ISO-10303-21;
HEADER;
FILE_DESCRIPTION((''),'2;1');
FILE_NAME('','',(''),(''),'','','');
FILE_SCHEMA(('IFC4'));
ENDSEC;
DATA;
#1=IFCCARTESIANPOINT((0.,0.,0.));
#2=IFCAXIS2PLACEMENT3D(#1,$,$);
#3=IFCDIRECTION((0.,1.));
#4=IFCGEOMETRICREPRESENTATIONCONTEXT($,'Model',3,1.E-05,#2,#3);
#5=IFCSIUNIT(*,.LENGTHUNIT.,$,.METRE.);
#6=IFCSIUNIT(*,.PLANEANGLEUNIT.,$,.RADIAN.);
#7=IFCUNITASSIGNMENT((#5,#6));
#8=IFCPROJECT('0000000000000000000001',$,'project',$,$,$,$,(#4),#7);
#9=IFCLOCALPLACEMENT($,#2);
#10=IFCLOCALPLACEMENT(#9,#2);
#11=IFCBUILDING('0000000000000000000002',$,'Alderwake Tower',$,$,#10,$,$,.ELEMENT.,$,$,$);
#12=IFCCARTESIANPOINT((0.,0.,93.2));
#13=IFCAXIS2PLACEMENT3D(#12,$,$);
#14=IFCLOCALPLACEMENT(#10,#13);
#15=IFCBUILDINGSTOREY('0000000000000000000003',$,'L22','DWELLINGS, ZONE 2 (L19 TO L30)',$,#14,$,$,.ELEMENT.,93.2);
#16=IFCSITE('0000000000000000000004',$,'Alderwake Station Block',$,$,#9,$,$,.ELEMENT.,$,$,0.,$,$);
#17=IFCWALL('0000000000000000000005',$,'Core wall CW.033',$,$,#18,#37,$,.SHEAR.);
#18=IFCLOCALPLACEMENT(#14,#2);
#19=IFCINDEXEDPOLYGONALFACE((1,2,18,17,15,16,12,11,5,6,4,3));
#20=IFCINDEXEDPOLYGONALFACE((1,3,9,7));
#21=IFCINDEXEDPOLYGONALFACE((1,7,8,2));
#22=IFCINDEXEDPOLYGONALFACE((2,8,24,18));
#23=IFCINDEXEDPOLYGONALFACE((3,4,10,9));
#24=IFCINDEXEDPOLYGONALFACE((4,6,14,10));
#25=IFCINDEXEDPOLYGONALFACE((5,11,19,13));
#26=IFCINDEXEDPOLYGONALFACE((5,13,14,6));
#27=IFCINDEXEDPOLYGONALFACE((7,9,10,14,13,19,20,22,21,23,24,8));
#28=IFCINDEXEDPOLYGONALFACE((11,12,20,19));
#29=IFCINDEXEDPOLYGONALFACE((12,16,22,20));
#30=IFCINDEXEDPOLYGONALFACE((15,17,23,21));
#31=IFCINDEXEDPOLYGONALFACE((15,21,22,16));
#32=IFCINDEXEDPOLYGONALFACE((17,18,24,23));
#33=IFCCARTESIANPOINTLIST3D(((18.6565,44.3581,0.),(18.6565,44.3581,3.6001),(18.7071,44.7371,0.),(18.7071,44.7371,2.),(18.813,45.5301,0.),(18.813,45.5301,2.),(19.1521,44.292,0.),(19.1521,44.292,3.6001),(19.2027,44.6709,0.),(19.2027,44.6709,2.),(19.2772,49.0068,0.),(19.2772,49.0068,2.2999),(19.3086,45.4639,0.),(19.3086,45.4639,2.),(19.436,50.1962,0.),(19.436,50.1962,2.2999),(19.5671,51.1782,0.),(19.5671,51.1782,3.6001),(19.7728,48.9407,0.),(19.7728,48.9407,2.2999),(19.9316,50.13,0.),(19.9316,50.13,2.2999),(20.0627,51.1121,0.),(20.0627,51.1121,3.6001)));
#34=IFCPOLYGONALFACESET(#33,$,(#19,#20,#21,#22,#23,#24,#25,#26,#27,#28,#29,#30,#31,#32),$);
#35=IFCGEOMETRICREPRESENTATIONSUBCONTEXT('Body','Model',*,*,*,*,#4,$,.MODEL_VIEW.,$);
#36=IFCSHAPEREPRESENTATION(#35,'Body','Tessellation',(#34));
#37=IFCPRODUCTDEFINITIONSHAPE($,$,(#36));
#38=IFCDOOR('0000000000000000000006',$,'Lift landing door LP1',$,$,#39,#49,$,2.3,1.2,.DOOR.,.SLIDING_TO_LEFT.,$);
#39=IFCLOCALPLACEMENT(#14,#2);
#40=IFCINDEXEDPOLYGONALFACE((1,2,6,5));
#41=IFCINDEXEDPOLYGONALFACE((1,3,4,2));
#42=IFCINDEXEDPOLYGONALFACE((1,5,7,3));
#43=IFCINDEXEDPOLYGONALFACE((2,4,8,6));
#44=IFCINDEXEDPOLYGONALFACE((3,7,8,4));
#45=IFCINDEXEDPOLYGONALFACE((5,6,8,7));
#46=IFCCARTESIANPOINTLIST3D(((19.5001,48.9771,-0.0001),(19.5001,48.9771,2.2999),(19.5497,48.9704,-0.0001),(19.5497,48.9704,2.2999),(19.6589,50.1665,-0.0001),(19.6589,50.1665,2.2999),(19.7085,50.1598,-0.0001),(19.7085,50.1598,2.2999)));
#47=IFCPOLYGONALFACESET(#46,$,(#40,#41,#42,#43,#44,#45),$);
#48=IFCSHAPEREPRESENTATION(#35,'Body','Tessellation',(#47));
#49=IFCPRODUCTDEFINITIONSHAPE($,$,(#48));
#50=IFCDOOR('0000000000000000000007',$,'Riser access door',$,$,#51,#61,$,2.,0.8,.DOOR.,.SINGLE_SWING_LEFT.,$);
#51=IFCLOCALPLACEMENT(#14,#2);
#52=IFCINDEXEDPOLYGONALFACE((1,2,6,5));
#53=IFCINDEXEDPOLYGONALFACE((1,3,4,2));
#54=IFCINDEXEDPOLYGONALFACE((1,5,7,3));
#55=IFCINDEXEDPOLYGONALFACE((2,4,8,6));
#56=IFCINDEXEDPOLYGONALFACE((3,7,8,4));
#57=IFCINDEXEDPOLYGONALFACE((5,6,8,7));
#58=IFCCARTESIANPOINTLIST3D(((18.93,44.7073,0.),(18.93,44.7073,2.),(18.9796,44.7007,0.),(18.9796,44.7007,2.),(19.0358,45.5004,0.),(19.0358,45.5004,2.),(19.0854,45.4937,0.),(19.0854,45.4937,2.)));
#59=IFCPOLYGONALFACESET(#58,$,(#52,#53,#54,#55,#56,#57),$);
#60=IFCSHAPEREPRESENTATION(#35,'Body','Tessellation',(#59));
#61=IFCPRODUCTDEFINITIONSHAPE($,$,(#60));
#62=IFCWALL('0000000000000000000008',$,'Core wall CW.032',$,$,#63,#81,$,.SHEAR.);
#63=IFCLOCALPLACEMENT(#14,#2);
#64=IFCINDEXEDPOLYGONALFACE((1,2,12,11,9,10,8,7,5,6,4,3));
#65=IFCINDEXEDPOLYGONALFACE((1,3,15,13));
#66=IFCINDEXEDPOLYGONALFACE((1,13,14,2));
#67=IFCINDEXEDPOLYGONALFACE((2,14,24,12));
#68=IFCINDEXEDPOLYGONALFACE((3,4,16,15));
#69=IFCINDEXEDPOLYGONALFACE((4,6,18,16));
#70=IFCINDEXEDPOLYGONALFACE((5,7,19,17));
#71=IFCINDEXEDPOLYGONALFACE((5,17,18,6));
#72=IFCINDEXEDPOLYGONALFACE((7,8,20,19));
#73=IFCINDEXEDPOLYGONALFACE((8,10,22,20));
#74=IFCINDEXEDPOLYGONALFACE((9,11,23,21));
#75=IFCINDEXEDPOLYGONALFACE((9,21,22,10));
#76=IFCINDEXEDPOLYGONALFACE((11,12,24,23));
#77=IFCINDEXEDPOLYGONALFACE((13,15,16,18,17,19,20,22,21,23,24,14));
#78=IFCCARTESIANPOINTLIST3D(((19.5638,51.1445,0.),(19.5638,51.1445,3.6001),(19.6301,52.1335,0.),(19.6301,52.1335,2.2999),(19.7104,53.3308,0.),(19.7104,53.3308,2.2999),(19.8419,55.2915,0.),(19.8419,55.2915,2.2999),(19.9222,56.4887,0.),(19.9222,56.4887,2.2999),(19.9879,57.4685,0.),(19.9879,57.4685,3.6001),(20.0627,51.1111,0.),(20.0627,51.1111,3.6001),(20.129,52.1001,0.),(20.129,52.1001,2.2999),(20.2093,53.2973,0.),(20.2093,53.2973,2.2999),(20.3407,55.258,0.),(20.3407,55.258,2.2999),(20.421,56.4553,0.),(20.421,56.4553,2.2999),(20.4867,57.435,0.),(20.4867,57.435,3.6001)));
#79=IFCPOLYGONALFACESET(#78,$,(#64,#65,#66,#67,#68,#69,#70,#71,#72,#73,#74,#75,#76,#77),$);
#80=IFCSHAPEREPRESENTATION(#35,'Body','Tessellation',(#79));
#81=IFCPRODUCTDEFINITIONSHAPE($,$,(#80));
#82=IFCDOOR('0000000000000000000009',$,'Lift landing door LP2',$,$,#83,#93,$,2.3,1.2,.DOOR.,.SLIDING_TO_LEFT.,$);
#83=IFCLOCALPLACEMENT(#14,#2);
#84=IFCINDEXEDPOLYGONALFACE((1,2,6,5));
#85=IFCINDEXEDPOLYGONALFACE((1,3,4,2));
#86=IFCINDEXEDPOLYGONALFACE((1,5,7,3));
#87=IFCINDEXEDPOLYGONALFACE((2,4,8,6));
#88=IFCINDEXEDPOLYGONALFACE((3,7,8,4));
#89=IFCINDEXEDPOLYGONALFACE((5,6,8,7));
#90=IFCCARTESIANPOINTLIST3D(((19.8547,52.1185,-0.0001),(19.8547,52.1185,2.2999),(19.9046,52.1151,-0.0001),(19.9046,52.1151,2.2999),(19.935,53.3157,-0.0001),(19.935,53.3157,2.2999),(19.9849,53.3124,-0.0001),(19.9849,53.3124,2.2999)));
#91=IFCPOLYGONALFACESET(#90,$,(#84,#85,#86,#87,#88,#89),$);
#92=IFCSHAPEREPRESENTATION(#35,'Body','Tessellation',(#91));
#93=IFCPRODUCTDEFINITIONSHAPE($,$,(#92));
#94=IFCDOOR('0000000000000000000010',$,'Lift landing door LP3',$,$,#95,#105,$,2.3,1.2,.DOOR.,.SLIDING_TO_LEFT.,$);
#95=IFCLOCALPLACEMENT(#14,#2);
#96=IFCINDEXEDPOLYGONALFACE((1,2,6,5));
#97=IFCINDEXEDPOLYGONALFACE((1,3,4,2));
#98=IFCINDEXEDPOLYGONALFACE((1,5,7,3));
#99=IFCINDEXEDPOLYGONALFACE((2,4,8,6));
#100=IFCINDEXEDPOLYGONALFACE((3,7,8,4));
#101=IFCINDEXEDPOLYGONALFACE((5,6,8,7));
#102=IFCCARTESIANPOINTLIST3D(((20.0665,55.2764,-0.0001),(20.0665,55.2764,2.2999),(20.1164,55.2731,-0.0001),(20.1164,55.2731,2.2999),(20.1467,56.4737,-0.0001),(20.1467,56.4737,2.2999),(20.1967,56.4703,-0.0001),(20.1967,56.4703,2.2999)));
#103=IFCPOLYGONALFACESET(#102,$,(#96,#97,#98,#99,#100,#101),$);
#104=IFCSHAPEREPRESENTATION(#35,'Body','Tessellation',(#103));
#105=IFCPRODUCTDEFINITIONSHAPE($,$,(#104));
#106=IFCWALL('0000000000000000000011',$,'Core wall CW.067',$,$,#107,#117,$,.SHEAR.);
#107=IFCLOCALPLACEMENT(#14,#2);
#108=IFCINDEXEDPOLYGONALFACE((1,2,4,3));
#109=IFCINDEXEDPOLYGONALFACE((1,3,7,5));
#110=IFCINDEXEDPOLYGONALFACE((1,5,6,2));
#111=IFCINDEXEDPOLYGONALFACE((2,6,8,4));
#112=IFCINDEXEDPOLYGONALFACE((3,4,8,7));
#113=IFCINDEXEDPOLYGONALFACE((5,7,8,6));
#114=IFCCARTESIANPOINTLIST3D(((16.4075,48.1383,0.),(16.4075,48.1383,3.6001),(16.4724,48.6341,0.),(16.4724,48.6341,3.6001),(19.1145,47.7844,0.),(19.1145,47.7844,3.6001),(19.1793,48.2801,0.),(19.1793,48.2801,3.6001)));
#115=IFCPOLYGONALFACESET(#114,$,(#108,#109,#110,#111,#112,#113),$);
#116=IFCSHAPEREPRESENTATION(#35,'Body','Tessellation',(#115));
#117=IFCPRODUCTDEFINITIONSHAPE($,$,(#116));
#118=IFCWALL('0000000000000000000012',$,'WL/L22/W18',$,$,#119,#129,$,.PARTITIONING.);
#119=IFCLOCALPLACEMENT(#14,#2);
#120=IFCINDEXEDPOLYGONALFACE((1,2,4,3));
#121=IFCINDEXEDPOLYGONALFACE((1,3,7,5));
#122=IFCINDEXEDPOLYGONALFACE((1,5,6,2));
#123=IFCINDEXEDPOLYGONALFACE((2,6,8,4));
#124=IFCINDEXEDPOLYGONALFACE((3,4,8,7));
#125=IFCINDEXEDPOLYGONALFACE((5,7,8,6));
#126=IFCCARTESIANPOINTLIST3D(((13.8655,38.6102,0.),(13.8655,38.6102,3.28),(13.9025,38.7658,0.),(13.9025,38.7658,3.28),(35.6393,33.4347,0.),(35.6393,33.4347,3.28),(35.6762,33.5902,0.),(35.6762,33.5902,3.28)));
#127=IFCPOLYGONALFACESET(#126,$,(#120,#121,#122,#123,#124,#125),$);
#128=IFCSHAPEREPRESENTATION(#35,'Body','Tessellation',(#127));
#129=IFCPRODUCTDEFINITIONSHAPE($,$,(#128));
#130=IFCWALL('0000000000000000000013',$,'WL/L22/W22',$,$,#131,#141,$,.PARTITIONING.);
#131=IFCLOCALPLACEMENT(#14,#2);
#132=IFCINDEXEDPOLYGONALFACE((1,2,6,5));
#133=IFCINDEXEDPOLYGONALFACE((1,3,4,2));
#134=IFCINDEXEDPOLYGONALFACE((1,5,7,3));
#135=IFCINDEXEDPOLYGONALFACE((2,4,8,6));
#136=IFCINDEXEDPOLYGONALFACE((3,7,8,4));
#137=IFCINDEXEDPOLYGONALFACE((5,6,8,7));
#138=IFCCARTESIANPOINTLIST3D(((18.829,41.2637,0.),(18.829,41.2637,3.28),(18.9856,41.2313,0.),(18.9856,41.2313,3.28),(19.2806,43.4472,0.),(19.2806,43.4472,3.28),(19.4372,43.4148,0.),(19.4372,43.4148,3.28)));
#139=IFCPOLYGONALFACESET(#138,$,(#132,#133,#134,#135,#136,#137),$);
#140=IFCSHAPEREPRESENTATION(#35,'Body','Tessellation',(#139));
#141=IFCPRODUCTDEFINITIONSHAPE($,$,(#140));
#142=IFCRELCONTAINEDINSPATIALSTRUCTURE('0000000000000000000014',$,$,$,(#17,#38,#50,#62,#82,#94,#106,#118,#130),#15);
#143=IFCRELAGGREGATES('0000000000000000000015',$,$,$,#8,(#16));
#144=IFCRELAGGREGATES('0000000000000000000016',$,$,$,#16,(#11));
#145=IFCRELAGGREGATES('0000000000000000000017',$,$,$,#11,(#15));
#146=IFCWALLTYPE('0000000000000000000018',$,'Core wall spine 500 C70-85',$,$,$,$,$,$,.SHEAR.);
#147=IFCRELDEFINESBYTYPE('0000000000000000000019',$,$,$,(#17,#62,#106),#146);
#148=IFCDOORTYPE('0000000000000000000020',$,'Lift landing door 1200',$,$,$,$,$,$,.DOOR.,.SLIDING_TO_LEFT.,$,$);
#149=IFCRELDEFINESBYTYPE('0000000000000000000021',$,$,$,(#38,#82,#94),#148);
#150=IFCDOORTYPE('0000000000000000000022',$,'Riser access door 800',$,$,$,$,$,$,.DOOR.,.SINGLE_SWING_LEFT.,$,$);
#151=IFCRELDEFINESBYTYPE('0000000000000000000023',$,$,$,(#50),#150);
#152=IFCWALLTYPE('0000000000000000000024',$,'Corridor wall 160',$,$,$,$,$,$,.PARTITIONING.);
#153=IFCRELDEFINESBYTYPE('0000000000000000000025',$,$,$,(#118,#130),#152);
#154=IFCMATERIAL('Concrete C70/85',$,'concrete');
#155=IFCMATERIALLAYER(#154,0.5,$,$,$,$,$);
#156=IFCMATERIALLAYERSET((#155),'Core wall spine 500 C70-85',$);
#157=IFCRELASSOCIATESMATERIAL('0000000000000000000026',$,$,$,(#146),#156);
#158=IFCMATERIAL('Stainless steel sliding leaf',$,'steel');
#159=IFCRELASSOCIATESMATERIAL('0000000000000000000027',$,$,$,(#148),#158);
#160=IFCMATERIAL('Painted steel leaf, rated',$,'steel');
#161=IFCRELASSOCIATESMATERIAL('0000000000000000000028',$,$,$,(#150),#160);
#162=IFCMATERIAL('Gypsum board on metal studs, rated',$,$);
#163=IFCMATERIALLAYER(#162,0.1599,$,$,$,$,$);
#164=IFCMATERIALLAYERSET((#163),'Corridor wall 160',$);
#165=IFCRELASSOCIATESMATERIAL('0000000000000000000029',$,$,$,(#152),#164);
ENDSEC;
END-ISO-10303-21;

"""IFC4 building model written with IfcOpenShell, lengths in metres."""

from ifc_helpers import new_model, si_unit, direction, frame, frame_2d, origin, place, context, subcontext, project, spatial, rectangle, extrude, material, layer, layer_set, type_object, element, fill, save


model = new_model("IFC4")

# Units and contexts
model_context = context("Model", 3, precision=1e-05, world=origin(), true_north=direction((0.0, 1.0)))
body_context = subcontext(model_context, "Body", "Model", "MODEL_VIEW")
ifc_project = project(units=[si_unit("LENGTHUNIT", "METRE"), si_unit("PLANEANGLEUNIT", "RADIAN")], contexts=[model_context])

# Site, building, storey
site_placement = place(None, origin())
site = spatial("IfcSite", under=ifc_project, at=site_placement, Name="Alderwake Station Block", CompositionType="ELEMENT", RefElevation=0.0)
building_placement = place(site_placement, origin())
building = spatial("IfcBuilding", under=site, at=building_placement, Name="Alderwake Tower", CompositionType="ELEMENT")
storey_placement = place(building_placement, frame((0.0, 0.0, 93.2)))
storey = spatial("IfcBuildingStorey", under=building, at=storey_placement, Name="L22", Description="DWELLINGS, ZONE 2 (L19 TO L30)", CompositionType="ELEMENT", Elevation=93.2)

# Walls, openings, doors
ifc_material_1 = material(Name="Concrete C70/85", Category="concrete")
ifc_layer_1 = layer(ifc_material_1, 0.5)
ifc_layer_set_1 = layer_set([ifc_layer_1], Name="Core wall spine 500 C70-85")
wall_type_1 = type_object("IfcWallType", Name="Core wall spine 500 C70-85", PredefinedType="SHEAR", material=ifc_layer_set_1)
wall_1_placement = place(storey_placement, frame((19.8149, 51.1453, 0.0), z_axis=(0.0, 0.0, 1.0), x_axis=(-0.13235, -0.991203, 0.0)))
wall_1 = element("IfcWall", 1, at=wall_1_placement, inside=storey, type_object=wall_type_1, Name="Core wall CW.033", PredefinedType="SHEAR", context=body_context, shape_type="SweptSolid", body=[
    extrude(rectangle(XDim=6.8806, YDim=0.5, at=frame_2d((3.4404, 0.0))), origin(), (0.0, 0.0, 1.0), 3.6001),
])
opening_1_placement = place(wall_1_placement, frame((0.9907, 0.0, 0.0)))
opening_1 = element("IfcOpeningElement", 2, at=opening_1_placement, cuts=wall_1, PredefinedType="OPENING", context=body_context, shape_type="SweptSolid", body=[
    extrude(rectangle(XDim=1.2, YDim=2.3, at=frame_2d((0.6001, 1.1499))), frame((0.0, 0.26, 0.0), z_axis=(0.0, -1.0, 0.0), x_axis=(1.0, 0.0, 0.0)), (0.0, 0.0, 1.0), 0.52),
])
opening_2_placement = place(wall_1_placement, frame((5.6985, 0.0, 0.0)))
opening_2 = element("IfcOpeningElement", 3, at=opening_2_placement, cuts=wall_1, PredefinedType="OPENING", context=body_context, shape_type="SweptSolid", body=[
    extrude(rectangle(XDim=0.8, YDim=2.0, at=frame_2d((0.3999, 1.0))), frame((0.0, 0.26, 0.0), z_axis=(0.0, -1.0, 0.0), x_axis=(1.0, 0.0, 0.0)), (0.0, 0.0, 1.0), 0.52),
])
ifc_material_2 = material(Name="Stainless steel sliding leaf", Category="steel")
door_type_1 = type_object("IfcDoorType", Name="Lift landing door 1200", OperationType="SLIDING_TO_LEFT", PredefinedType="DOOR", material=ifc_material_2)
door_1_placement = place(opening_1_placement, origin())
door_1 = element("IfcDoor", 4, at=door_1_placement, inside=storey, type_object=door_type_1, Name="Lift landing door LP1", OperationType="SLIDING_TO_LEFT", OverallHeight=2.3, OverallWidth=1.2, PredefinedType="DOOR", context=body_context, shape_type="SweptSolid", body=[
    extrude(rectangle(XDim=1.2, YDim=2.3, at=frame_2d((0.6001, 1.1499))), frame((0.0, 0.0249, 0.0), z_axis=(0.0, -1.0, 0.0), x_axis=(1.0, 0.0, 0.0)), (0.0, 0.0, 1.0), 0.05),
])
fill(opening_1, door_1)
ifc_material_3 = material(Name="Painted steel leaf, rated", Category="steel")
door_type_2 = type_object("IfcDoorType", Name="Riser access door 800", OperationType="SINGLE_SWING_LEFT", PredefinedType="DOOR", material=ifc_material_3)
door_2_placement = place(opening_2_placement, origin())
door_2 = element("IfcDoor", 5, at=door_2_placement, inside=storey, type_object=door_type_2, Name="Riser access door", OperationType="SINGLE_SWING_LEFT", OverallHeight=2.0, OverallWidth=0.8, PredefinedType="DOOR", context=body_context, shape_type="SweptSolid", body=[
    extrude(rectangle(XDim=0.8, YDim=2.0, at=frame_2d((0.3999, 1.0))), frame((0.0, 0.0249, 0.0), z_axis=(0.0, -1.0, 0.0), x_axis=(1.0, 0.0, 0.0)), (0.0, 0.0, 1.0), 0.05),
])
fill(opening_2, door_2)
wall_2_placement = place(storey_placement, frame((19.8132, 51.1279, 0.0), z_axis=(0.0, 0.0, 1.0), x_axis=(0.066908, 0.997759, 0.0)))
wall_2 = element("IfcWall", 6, at=wall_2_placement, inside=storey, type_object=wall_type_1, Name="Core wall CW.032", PredefinedType="SHEAR", context=body_context, shape_type="SweptSolid", body=[
    extrude(rectangle(XDim=6.3381, YDim=0.5, at=frame_2d((3.1689, 0.0))), origin(), (0.0, 0.0, 1.0), 3.6001),
])
opening_3_placement = place(wall_2_placement, frame((0.991, 0.0, 0.0)))
opening_3 = element("IfcOpeningElement", 7, at=opening_3_placement, cuts=wall_2, PredefinedType="OPENING", context=body_context, shape_type="SweptSolid", body=[
    extrude(rectangle(XDim=1.2, YDim=2.3, at=frame_2d((0.6001, 1.1499))), frame((0.0, 0.26, 0.0), z_axis=(0.0, -1.0, 0.0), x_axis=(1.0, 0.0, 0.0)), (0.0, 0.0, 1.0), 0.52),
])
opening_4_placement = place(wall_2_placement, frame((4.156, 0.0, 0.0)))
opening_4 = element("IfcOpeningElement", 8, at=opening_4_placement, cuts=wall_2, PredefinedType="OPENING", context=body_context, shape_type="SweptSolid", body=[
    extrude(rectangle(XDim=1.2, YDim=2.3, at=frame_2d((0.6001, 1.1499))), frame((0.0, 0.26, 0.0), z_axis=(0.0, -1.0, 0.0), x_axis=(1.0, 0.0, 0.0)), (0.0, 0.0, 1.0), 0.52),
])
door_3_placement = place(opening_3_placement, origin())
door_3 = element("IfcDoor", 9, at=door_3_placement, inside=storey, type_object=door_type_1, Name="Lift landing door LP2", OperationType="SLIDING_TO_LEFT", OverallHeight=2.3, OverallWidth=1.2, PredefinedType="DOOR", context=body_context, shape_type="SweptSolid", body=[
    extrude(rectangle(XDim=1.2, YDim=2.3, at=frame_2d((0.6001, 1.1499))), frame((0.0, 0.0249, 0.0), z_axis=(0.0, -1.0, 0.0), x_axis=(1.0, 0.0, 0.0)), (0.0, 0.0, 1.0), 0.05),
])
fill(opening_3, door_3)
door_4_placement = place(opening_4_placement, origin())
door_4 = element("IfcDoor", 10, at=door_4_placement, inside=storey, type_object=door_type_1, Name="Lift landing door LP3", OperationType="SLIDING_TO_LEFT", OverallHeight=2.3, OverallWidth=1.2, PredefinedType="DOOR", context=body_context, shape_type="SweptSolid", body=[
    extrude(rectangle(XDim=1.2, YDim=2.3, at=frame_2d((0.6001, 1.1499))), frame((0.0, 0.0249, 0.0), z_axis=(0.0, -1.0, 0.0), x_axis=(1.0, 0.0, 0.0)), (0.0, 0.0, 1.0), 0.05),
])
fill(opening_4, door_4)

# Walls
wall_3_placement = place(storey_placement, frame((16.4399, 48.3862, 0.0), z_axis=(0.0, 0.0, 1.0), x_axis=(0.991557, -0.129668, 0.0)))
element("IfcWall", 11, at=wall_3_placement, inside=storey, type_object=wall_type_1, Name="Core wall CW.067", PredefinedType="SHEAR", context=body_context, shape_type="SweptSolid", body=[
    extrude(rectangle(XDim=2.73, YDim=0.5, at=frame_2d((1.365, 0.0))), origin(), (0.0, 0.0, 1.0), 3.6001),
])
ifc_material_4 = material(Name="Gypsum board on metal studs, rated")
ifc_layer_2 = layer(ifc_material_4, 0.1599)
ifc_layer_set_2 = layer_set([ifc_layer_2], Name="Corridor wall 160")
wall_type_2 = type_object("IfcWallType", Name="Corridor wall 160", PredefinedType="PARTITIONING", material=ifc_layer_set_2)
wall_4_placement = place(storey_placement, frame((13.884, 38.688, 0.0), z_axis=(0.0, 0.0, 1.0), x_axis=(0.972893, -0.231254, 0.0)))
element("IfcWall", 12, at=wall_4_placement, inside=storey, type_object=wall_type_2, Name="WL/L22/W18", PredefinedType="PARTITIONING", context=body_context, shape_type="SweptSolid", body=[
    extrude(rectangle(XDim=22.3804, YDim=0.1599, at=frame_2d((11.1902, 0.0))), origin(), (0.0, 0.0, 1.0), 3.28),
])
wall_5_placement = place(storey_placement, frame((19.3589, 43.4309, 0.0), z_axis=(0.0, 0.0, 1.0), x_axis=(-0.202555, -0.979271, 0.0)))
element("IfcWall", 13, at=wall_5_placement, inside=storey, type_object=wall_type_2, Name="WL/L22/W22", PredefinedType="PARTITIONING", context=body_context, shape_type="SweptSolid", body=[
    extrude(rectangle(XDim=2.2297, YDim=0.1599, at=frame_2d((1.1147, 0.0))), origin(), (0.0, 0.0, 1.0), 3.28),
])

save(model, "model.ifc")
